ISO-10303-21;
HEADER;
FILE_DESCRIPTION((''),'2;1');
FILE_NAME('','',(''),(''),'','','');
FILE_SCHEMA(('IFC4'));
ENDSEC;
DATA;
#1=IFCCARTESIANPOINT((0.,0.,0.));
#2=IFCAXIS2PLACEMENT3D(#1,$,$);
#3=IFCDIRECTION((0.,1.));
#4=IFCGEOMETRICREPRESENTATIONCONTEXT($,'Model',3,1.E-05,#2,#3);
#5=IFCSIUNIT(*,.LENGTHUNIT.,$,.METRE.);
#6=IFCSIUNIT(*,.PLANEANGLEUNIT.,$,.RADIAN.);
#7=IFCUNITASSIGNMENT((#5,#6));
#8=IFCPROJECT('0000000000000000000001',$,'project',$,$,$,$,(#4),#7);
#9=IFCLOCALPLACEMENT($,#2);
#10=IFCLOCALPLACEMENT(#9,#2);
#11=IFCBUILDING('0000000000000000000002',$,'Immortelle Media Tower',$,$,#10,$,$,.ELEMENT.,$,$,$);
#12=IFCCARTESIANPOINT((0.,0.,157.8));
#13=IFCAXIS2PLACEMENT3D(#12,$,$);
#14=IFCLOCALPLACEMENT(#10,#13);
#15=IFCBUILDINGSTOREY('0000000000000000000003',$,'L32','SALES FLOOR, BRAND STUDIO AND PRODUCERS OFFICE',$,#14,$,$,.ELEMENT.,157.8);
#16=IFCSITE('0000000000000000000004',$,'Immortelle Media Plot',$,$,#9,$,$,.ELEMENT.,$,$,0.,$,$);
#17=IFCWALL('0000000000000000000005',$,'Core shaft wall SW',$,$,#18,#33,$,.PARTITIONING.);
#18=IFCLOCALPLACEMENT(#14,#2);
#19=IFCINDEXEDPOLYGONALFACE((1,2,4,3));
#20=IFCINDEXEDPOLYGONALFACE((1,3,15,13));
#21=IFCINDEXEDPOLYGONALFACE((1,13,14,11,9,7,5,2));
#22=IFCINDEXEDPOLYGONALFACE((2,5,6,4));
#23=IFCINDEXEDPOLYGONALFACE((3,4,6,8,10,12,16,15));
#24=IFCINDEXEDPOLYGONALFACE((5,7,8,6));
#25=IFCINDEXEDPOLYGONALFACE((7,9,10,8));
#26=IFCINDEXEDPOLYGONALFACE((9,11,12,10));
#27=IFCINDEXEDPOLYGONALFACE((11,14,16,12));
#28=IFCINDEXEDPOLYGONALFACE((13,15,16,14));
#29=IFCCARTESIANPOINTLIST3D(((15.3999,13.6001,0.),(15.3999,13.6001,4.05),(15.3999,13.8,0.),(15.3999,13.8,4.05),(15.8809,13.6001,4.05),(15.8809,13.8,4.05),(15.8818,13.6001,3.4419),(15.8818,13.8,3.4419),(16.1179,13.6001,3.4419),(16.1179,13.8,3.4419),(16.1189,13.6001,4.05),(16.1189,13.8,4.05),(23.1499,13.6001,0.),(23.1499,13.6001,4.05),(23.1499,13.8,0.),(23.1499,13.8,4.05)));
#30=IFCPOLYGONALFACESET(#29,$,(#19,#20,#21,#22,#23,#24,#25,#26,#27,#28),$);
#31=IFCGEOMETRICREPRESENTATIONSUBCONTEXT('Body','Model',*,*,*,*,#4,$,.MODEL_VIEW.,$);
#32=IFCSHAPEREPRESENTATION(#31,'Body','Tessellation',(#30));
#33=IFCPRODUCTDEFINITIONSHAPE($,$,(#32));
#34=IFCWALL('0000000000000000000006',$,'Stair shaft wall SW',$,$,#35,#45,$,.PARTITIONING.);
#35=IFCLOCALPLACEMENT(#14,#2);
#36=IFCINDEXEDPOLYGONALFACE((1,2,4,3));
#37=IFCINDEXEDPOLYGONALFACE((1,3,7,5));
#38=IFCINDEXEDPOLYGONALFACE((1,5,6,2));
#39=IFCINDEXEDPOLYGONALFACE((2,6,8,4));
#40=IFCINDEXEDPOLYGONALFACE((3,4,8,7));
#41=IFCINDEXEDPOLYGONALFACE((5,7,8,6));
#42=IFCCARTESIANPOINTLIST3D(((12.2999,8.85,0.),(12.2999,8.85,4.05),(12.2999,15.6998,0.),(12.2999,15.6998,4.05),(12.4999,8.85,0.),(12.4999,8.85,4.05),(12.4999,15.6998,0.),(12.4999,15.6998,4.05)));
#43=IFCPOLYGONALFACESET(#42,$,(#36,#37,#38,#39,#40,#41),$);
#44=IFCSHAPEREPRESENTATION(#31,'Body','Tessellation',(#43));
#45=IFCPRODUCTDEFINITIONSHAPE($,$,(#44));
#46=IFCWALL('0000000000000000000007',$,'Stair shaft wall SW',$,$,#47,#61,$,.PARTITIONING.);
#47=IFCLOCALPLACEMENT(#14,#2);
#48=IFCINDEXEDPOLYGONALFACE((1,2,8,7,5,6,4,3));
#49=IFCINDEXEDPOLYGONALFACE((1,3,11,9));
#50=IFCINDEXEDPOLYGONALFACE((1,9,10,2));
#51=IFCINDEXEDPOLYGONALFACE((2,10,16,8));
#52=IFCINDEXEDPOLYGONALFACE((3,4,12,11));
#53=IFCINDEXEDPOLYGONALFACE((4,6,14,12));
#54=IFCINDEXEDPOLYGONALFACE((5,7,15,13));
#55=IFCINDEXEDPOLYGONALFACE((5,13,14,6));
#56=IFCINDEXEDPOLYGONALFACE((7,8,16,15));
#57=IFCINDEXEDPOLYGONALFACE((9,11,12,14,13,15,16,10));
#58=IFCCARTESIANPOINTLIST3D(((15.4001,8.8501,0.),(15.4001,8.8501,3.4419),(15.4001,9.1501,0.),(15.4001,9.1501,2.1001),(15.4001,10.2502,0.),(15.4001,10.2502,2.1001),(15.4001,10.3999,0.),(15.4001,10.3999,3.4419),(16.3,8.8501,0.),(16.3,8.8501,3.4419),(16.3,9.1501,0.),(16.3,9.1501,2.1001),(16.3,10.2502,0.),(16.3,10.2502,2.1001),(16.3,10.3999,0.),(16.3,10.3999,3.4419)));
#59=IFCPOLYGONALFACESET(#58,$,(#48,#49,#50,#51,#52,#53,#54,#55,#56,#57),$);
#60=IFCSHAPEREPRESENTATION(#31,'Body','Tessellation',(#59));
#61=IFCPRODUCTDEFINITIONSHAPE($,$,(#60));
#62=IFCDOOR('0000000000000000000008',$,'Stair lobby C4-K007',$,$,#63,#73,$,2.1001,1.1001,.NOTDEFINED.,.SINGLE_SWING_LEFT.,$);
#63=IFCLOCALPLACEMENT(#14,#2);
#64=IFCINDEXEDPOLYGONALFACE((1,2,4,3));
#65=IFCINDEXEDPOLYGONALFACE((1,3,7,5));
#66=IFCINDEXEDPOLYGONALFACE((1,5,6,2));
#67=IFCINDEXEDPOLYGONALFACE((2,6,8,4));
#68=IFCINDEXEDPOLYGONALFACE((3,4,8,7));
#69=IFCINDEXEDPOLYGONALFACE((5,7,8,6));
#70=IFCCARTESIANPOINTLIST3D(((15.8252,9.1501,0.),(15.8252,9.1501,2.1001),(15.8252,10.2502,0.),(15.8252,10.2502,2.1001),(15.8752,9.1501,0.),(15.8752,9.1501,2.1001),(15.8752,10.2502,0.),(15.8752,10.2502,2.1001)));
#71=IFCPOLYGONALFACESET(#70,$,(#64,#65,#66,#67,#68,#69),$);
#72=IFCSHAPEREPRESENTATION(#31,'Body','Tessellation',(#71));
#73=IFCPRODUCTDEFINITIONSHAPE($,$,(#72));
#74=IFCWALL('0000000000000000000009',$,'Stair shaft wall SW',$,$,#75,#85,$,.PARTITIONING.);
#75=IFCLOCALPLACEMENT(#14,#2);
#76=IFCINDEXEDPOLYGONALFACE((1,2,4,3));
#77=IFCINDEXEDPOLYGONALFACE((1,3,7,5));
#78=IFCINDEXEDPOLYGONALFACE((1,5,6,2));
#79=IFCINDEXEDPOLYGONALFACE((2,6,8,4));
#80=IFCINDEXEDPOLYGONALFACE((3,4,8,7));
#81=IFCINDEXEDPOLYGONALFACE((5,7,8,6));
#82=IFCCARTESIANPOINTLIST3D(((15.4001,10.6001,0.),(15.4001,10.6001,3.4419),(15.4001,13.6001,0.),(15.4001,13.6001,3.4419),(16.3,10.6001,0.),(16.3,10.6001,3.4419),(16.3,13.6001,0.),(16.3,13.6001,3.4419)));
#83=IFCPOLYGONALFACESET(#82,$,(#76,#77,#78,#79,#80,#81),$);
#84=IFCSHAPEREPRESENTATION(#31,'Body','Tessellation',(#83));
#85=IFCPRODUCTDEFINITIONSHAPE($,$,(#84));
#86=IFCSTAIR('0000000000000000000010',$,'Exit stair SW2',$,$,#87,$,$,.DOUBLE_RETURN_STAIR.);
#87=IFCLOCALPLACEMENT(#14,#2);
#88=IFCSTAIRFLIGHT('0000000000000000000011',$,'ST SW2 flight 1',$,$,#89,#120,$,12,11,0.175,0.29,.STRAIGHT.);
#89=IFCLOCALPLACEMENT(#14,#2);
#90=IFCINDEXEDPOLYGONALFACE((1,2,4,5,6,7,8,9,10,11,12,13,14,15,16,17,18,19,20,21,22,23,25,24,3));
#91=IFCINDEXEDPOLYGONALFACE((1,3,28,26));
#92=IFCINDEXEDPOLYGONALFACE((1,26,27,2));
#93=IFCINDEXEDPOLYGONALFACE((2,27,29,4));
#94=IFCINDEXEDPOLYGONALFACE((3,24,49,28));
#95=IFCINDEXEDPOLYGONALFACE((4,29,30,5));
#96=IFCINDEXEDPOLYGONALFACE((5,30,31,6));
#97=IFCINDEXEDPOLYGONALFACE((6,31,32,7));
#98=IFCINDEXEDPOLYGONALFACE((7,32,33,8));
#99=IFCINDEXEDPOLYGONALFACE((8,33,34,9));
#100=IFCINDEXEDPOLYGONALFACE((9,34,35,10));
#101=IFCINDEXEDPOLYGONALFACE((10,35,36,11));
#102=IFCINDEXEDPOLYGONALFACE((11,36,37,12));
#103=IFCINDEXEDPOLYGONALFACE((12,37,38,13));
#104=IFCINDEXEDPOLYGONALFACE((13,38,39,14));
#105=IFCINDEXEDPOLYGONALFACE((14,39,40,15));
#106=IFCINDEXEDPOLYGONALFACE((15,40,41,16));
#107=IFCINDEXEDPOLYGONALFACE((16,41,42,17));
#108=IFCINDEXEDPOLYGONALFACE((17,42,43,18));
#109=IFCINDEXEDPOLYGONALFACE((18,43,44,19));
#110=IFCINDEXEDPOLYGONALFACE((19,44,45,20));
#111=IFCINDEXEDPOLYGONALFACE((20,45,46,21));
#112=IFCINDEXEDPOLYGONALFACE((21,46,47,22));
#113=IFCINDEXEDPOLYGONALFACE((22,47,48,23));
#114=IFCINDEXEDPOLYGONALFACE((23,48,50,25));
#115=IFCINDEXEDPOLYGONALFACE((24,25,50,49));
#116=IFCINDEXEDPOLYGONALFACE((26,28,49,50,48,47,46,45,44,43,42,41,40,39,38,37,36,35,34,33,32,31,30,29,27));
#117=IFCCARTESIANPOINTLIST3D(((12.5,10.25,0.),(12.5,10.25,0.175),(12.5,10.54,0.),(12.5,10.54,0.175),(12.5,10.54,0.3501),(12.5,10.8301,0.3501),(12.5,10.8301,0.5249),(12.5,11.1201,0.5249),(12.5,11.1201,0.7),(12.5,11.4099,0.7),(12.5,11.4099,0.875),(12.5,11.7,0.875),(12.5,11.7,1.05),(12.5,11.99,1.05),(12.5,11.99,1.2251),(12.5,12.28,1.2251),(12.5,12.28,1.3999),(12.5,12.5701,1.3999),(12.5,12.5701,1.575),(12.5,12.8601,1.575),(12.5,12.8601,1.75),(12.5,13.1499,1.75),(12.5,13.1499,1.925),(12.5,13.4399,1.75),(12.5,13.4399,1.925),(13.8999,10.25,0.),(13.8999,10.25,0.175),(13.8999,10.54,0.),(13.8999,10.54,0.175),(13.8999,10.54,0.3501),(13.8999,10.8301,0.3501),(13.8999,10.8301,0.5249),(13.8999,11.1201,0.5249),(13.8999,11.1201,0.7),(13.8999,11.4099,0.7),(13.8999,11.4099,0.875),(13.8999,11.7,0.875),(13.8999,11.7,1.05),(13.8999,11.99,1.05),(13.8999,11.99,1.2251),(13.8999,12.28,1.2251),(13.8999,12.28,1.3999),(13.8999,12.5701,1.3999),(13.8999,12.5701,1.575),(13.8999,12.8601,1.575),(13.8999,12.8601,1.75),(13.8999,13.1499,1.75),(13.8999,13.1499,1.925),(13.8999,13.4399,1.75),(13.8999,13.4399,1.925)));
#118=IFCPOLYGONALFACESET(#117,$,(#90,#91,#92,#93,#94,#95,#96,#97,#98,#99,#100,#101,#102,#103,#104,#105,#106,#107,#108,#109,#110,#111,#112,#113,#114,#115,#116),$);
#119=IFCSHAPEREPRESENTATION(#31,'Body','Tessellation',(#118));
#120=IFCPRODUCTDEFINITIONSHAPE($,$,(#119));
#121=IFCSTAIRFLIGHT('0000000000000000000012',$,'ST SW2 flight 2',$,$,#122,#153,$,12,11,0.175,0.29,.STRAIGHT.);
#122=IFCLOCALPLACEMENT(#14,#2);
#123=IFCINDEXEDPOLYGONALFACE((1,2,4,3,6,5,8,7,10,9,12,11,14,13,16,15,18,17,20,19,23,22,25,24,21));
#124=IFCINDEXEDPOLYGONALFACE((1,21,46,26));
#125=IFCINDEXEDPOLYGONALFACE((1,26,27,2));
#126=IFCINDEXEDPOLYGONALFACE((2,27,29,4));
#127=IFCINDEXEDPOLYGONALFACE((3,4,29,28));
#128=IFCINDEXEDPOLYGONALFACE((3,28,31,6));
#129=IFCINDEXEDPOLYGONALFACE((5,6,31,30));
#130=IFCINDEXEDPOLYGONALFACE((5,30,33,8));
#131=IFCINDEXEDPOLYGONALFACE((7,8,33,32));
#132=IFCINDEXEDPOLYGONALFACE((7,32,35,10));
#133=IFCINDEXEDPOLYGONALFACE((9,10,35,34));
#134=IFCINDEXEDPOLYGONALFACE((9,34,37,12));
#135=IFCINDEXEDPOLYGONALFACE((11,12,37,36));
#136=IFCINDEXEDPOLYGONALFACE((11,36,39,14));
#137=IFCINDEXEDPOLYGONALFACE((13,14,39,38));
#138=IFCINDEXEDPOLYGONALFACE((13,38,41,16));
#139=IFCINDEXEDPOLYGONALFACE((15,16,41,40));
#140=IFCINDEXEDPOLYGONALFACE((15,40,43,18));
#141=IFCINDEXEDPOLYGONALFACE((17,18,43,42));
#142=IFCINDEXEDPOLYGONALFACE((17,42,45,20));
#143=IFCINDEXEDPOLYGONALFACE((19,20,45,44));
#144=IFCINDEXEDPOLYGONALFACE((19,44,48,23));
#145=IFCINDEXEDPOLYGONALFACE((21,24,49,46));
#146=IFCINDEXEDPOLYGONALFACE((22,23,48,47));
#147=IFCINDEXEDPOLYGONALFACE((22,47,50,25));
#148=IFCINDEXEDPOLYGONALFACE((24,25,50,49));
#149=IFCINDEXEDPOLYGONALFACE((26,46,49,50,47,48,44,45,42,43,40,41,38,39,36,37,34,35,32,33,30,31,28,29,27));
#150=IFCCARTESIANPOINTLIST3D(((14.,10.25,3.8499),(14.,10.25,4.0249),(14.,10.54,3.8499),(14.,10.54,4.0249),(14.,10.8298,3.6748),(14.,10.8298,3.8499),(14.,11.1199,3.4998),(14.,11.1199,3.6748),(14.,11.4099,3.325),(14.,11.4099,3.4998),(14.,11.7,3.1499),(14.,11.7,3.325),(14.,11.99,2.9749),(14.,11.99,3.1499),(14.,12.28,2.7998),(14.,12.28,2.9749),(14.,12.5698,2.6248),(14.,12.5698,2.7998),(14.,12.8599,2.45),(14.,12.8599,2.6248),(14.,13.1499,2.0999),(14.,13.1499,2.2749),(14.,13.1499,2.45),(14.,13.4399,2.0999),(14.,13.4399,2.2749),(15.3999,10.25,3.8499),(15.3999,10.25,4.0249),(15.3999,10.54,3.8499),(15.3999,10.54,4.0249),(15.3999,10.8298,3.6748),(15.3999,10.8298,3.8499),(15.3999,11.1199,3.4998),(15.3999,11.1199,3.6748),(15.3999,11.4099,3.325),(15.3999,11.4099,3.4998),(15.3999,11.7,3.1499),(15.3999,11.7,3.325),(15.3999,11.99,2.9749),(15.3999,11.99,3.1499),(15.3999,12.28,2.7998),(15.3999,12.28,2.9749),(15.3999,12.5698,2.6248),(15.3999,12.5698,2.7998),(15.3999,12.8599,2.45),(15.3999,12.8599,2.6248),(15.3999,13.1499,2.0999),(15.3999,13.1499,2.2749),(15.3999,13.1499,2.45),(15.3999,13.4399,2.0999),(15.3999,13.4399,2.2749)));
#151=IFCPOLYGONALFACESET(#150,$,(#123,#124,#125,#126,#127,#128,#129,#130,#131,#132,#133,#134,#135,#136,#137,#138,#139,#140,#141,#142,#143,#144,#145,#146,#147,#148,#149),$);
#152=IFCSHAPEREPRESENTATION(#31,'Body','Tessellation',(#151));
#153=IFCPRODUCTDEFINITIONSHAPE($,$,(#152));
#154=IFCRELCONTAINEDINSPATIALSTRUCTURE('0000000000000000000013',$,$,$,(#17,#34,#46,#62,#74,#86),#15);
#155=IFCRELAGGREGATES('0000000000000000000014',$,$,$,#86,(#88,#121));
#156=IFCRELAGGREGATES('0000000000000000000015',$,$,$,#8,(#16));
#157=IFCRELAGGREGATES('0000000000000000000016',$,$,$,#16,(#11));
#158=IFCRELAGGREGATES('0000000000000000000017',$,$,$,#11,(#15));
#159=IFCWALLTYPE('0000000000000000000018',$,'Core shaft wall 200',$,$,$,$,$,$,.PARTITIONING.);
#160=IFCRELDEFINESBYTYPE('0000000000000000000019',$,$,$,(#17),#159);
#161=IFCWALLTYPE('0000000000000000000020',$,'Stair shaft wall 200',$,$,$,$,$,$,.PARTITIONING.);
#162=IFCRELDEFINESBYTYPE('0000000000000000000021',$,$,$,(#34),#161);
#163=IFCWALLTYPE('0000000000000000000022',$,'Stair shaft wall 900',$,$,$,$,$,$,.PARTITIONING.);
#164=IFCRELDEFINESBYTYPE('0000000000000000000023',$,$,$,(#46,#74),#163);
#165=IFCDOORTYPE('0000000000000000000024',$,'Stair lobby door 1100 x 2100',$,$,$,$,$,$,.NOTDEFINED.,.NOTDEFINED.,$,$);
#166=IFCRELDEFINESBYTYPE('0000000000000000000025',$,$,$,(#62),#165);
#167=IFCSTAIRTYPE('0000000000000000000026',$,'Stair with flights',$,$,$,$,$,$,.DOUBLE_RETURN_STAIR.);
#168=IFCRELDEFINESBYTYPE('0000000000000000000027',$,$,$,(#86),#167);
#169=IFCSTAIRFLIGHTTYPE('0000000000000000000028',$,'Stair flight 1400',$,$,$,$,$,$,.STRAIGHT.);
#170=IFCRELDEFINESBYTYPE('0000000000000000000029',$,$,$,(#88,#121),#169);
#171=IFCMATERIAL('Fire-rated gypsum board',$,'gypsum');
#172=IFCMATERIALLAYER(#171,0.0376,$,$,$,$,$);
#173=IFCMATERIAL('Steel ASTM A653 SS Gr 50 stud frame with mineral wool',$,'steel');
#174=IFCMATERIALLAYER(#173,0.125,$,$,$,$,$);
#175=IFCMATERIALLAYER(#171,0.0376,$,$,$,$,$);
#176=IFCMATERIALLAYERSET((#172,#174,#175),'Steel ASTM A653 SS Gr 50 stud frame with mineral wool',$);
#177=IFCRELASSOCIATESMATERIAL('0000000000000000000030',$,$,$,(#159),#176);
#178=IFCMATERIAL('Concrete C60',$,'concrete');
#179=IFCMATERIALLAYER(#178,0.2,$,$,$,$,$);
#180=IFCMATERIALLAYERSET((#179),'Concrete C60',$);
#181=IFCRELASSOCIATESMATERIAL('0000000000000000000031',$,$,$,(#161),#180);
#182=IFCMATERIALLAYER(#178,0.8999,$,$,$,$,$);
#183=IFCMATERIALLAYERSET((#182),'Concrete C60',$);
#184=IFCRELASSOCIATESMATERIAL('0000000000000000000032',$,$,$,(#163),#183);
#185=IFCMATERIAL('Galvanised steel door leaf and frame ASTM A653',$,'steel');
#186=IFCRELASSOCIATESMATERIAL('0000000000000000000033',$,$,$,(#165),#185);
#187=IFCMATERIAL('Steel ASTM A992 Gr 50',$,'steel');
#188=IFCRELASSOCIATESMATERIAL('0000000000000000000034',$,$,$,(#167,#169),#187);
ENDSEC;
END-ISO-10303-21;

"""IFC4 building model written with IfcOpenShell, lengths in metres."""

from ifc_helpers import new_model, si_unit, direction, frame, frame_2d, origin, place, context, subcontext, project, spatial, polyline, rectangle, outline, extrude, material, layer, layer_set, type_object, element, fill, aggregate, save


model = new_model("IFC4")

# Units and contexts
model_context = context("Model", 3, precision=1e-05, world=origin(), true_north=direction((0.0, 1.0)))
body_context = subcontext(model_context, "Body", "Model", "MODEL_VIEW")
ifc_project = project(units=[si_unit("LENGTHUNIT", "METRE"), si_unit("PLANEANGLEUNIT", "RADIAN")], contexts=[model_context])

# Site, building, storey
site_placement = place(None, origin())
site = spatial("IfcSite", under=ifc_project, at=site_placement, Name="Immortelle Media Plot", CompositionType="ELEMENT", RefElevation=0.0)
building_placement = place(site_placement, origin())
building = spatial("IfcBuilding", under=site, at=building_placement, Name="Immortelle Media Tower", CompositionType="ELEMENT")
storey_placement = place(building_placement, frame((0.0, 0.0, 157.8)))
storey = spatial("IfcBuildingStorey", under=building, at=storey_placement, Name="L32", Description="SALES FLOOR, BRAND STUDIO AND PRODUCERS OFFICE", CompositionType="ELEMENT", Elevation=157.8)

# Shared definitions
ifc_material_1 = material(Name="Steel ASTM A992 Gr 50", Category="steel")

# Shared definitions
ifc_material_2 = material(Name="Fire-rated gypsum board", Category="gypsum")
ifc_layer_1 = layer(ifc_material_2, 0.0376)
ifc_material_3 = material(Name="Steel ASTM A653 SS Gr 50 stud frame with mineral wool", Category="steel")
ifc_layer_2 = layer(ifc_material_3, 0.125)
ifc_layer_3 = layer(ifc_material_2, 0.0376)
ifc_layer_set_1 = layer_set([ifc_layer_1, ifc_layer_2, ifc_layer_3], Name="Steel ASTM A653 SS Gr 50 stud frame with mineral wool")
wall_type_1 = type_object("IfcWallType", Name="Core shaft wall 200", PredefinedType="PARTITIONING", material=ifc_layer_set_1)

# Walls
wall_1_placement = place(storey_placement, frame((15.3999, 13.7, 0.0), z_axis=(0.0, 0.0, 1.0), x_axis=(1.0, 0.0, 0.0)))
element("IfcWall", 1, at=wall_1_placement, inside=storey, type_object=wall_type_1, Name="Core shaft wall SW", PredefinedType="PARTITIONING", context=body_context, shape_type="SweptSolid", body=[
    extrude(outline(polyline([(0.0, 0.0), (7.75, 0.0), (7.75, 4.05), (0.719, 4.05), (0.718, 3.4419), (0.4819, 3.4419), (0.481, 4.05), (0.0, 4.05), (0.0, 0.0)])), frame((0.0, 0.1001, 0.0), z_axis=(0.0, -1.0, 0.0), x_axis=(1.0, 0.0, 0.0)), (0.0, 0.0, 1.0), 0.2),
])
ifc_material_4 = material(Name="Concrete C60", Category="concrete")
ifc_layer_4 = layer(ifc_material_4, 0.2)
ifc_layer_set_2 = layer_set([ifc_layer_4], Name="Concrete C60")
wall_type_2 = type_object("IfcWallType", Name="Stair shaft wall 200", PredefinedType="PARTITIONING", material=ifc_layer_set_2)
wall_2_placement = place(storey_placement, frame((12.3999, 8.8501, 0.0), z_axis=(0.0, 0.0, 1.0), x_axis=(0.0, 1.0, 0.0)))
element("IfcWall", 2, at=wall_2_placement, inside=storey, type_object=wall_type_2, Name="Stair shaft wall SW", PredefinedType="PARTITIONING", context=body_context, shape_type="SweptSolid", body=[
    extrude(rectangle(XDim=6.8499, YDim=0.2, at=frame_2d((3.4248, 0.0))), origin(), (0.0, 0.0, 1.0), 4.05),
])

# Wall, opening, door
ifc_layer_5 = layer(ifc_material_4, 0.8999)
ifc_layer_set_3 = layer_set([ifc_layer_5], Name="Concrete C60")
wall_type_3 = type_object("IfcWallType", Name="Stair shaft wall 900", PredefinedType="PARTITIONING", material=ifc_layer_set_3)
wall_3_placement = place(storey_placement, frame((15.8501, 8.8501, 0.0), z_axis=(0.0, 0.0, 1.0), x_axis=(0.0, 1.0, 0.0)))
wall_3 = element("IfcWall", 3, at=wall_3_placement, inside=storey, type_object=wall_type_3, Name="Stair shaft wall SW", PredefinedType="PARTITIONING", context=body_context, shape_type="SweptSolid", body=[
    extrude(rectangle(XDim=1.5498, YDim=0.8999, at=frame_2d((0.7749, 0.0))), origin(), (0.0, 0.0, 1.0), 3.4419),
])
opening_1_placement = place(wall_3_placement, frame((0.3, 0.0, 0.0)))
opening_1 = element("IfcOpeningElement", 4, at=opening_1_placement, cuts=wall_3, PredefinedType="OPENING", context=body_context, shape_type="SweptSolid", body=[
    extrude(rectangle(XDim=1.1001, YDim=2.1001, at=frame_2d((0.55, 1.05))), frame((0.0, 0.46, 0.0), z_axis=(0.0, -1.0, 0.0), x_axis=(1.0, 0.0, 0.0)), (0.0, 0.0, 1.0), 0.9199),
])
ifc_material_5 = material(Name="Galvanised steel door leaf and frame ASTM A653", Category="steel")
door_type_1 = type_object("IfcDoorType", Name="Stair lobby door 1100 x 2100", OperationType="NOTDEFINED", PredefinedType="NOTDEFINED", material=ifc_material_5)
door_1_placement = place(opening_1_placement, origin())
door_1 = element("IfcDoor", 5, at=door_1_placement, inside=storey, type_object=door_type_1, Name="Stair lobby C4-K007", OperationType="SINGLE_SWING_LEFT", OverallHeight=2.1001, OverallWidth=1.1001, PredefinedType="NOTDEFINED", context=body_context, shape_type="SweptSolid", body=[
    extrude(rectangle(XDim=1.1001, YDim=2.1001, at=frame_2d((0.55, 1.05))), frame((0.0, 0.0249, 0.0), z_axis=(0.0, -1.0, 0.0), x_axis=(1.0, 0.0, 0.0)), (0.0, 0.0, 1.0), 0.05),
])
fill(opening_1, door_1)

# Wall
wall_4_placement = place(storey_placement, frame((15.8501, 10.6001, 0.0), z_axis=(0.0, 0.0, 1.0), x_axis=(0.0, 1.0, 0.0)))
element("IfcWall", 6, at=wall_4_placement, inside=storey, type_object=wall_type_3, Name="Stair shaft wall SW", PredefinedType="PARTITIONING", context=body_context, shape_type="SweptSolid", body=[
    extrude(rectangle(XDim=3.0, YDim=0.8999, at=frame_2d((1.5, 0.0))), origin(), (0.0, 0.0, 1.0), 3.4419),
])

# Stair, stair flights
stair_type = type_object("IfcStairType", Name="Stair with flights", PredefinedType="DOUBLE_RETURN_STAIR", material=ifc_material_1)
stair_placement = place(storey_placement, origin())
stair = element("IfcStair", 7, at=stair_placement, inside=storey, type_object=stair_type, Name="Exit stair SW2", PredefinedType="DOUBLE_RETURN_STAIR")
stair_flight_type = type_object("IfcStairFlightType", Name="Stair flight 1400", PredefinedType="STRAIGHT", material=ifc_material_1)
stair_flight_1_placement = place(storey_placement, frame((13.2, 10.25, 0.0), z_axis=(0.0, 0.0, 1.0), x_axis=(0.0, 1.0, 0.0)))
stair_flight_1 = element("IfcStairFlight", 8, at=stair_flight_1_placement, type_object=stair_flight_type, Name="ST SW2 flight 1", NumberOfRisers=12, NumberOfTreads=11, PredefinedType="STRAIGHT", RiserHeight=0.175, TreadLength=0.29, context=body_context, shape_type="SweptSolid", body=[
    extrude(outline(polyline([(0.0, 0.0), (0.0, 0.175), (0.29, 0.175), (0.29, 0.3501), (0.5801, 0.3501), (0.5801, 0.5249), (0.8701, 0.5249), (0.8701, 0.7), (1.1599, 0.7), (1.1599, 0.875), (1.45, 0.875), (1.45, 1.05), (1.74, 1.05), (1.74, 1.2251), (2.03, 1.2251), (2.03, 1.3999), (2.3201, 1.3999), (2.3201, 1.575), (2.6101, 1.575), (2.6101, 1.75), (2.8999, 1.75), (2.8999, 1.925), (3.1899, 1.925), (3.1899, 2.1001), (3.1899, 1.75), (0.29, 0.0), (0.0, 0.0)])), frame((0.0, 0.7, 0.0), z_axis=(0.0, -1.0, 0.0), x_axis=(1.0, 0.0, 0.0)), (0.0, 0.0, 1.0), 1.3999),
])
stair_flight_2_placement = place(storey_placement, frame((14.7, 13.4399, 2.0999), z_axis=(0.0, 0.0, 1.0), x_axis=(0.0, -1.0, 0.0)))
stair_flight_2 = element("IfcStairFlight", 9, at=stair_flight_2_placement, type_object=stair_flight_type, Name="ST SW2 flight 2", NumberOfRisers=12, NumberOfTreads=11, PredefinedType="STRAIGHT", RiserHeight=0.175, TreadLength=0.29, context=body_context, shape_type="SweptSolid", body=[
    extrude(outline(polyline([(0.0, 0.0), (0.0, 0.175), (0.29, 0.175), (0.29, 0.3501), (0.5801, 0.3501), (0.5801, 0.5249), (0.8701, 0.5249), (0.8701, 0.7), (1.1599, 0.7), (1.1599, 0.875), (1.45, 0.875), (1.45, 1.05), (1.74, 1.05), (1.74, 1.2251), (2.03, 1.2251), (2.03, 1.3999), (2.3201, 1.3999), (2.3201, 1.575), (2.6101, 1.575), (2.6101, 1.75), (2.8999, 1.75), (2.8999, 1.925), (3.1899, 1.925), (3.1899, 2.1001), (3.1899, 1.75), (0.29, 0.0), (0.0, 0.0)])), frame((0.0, 0.7, 0.0), z_axis=(0.0, -1.0, 0.0), x_axis=(1.0, 0.0, 0.0)), (0.0, 0.0, 1.0), 1.3999),
])
aggregate(stair, [stair_flight_1, stair_flight_2])

save(model, "model.ifc")
